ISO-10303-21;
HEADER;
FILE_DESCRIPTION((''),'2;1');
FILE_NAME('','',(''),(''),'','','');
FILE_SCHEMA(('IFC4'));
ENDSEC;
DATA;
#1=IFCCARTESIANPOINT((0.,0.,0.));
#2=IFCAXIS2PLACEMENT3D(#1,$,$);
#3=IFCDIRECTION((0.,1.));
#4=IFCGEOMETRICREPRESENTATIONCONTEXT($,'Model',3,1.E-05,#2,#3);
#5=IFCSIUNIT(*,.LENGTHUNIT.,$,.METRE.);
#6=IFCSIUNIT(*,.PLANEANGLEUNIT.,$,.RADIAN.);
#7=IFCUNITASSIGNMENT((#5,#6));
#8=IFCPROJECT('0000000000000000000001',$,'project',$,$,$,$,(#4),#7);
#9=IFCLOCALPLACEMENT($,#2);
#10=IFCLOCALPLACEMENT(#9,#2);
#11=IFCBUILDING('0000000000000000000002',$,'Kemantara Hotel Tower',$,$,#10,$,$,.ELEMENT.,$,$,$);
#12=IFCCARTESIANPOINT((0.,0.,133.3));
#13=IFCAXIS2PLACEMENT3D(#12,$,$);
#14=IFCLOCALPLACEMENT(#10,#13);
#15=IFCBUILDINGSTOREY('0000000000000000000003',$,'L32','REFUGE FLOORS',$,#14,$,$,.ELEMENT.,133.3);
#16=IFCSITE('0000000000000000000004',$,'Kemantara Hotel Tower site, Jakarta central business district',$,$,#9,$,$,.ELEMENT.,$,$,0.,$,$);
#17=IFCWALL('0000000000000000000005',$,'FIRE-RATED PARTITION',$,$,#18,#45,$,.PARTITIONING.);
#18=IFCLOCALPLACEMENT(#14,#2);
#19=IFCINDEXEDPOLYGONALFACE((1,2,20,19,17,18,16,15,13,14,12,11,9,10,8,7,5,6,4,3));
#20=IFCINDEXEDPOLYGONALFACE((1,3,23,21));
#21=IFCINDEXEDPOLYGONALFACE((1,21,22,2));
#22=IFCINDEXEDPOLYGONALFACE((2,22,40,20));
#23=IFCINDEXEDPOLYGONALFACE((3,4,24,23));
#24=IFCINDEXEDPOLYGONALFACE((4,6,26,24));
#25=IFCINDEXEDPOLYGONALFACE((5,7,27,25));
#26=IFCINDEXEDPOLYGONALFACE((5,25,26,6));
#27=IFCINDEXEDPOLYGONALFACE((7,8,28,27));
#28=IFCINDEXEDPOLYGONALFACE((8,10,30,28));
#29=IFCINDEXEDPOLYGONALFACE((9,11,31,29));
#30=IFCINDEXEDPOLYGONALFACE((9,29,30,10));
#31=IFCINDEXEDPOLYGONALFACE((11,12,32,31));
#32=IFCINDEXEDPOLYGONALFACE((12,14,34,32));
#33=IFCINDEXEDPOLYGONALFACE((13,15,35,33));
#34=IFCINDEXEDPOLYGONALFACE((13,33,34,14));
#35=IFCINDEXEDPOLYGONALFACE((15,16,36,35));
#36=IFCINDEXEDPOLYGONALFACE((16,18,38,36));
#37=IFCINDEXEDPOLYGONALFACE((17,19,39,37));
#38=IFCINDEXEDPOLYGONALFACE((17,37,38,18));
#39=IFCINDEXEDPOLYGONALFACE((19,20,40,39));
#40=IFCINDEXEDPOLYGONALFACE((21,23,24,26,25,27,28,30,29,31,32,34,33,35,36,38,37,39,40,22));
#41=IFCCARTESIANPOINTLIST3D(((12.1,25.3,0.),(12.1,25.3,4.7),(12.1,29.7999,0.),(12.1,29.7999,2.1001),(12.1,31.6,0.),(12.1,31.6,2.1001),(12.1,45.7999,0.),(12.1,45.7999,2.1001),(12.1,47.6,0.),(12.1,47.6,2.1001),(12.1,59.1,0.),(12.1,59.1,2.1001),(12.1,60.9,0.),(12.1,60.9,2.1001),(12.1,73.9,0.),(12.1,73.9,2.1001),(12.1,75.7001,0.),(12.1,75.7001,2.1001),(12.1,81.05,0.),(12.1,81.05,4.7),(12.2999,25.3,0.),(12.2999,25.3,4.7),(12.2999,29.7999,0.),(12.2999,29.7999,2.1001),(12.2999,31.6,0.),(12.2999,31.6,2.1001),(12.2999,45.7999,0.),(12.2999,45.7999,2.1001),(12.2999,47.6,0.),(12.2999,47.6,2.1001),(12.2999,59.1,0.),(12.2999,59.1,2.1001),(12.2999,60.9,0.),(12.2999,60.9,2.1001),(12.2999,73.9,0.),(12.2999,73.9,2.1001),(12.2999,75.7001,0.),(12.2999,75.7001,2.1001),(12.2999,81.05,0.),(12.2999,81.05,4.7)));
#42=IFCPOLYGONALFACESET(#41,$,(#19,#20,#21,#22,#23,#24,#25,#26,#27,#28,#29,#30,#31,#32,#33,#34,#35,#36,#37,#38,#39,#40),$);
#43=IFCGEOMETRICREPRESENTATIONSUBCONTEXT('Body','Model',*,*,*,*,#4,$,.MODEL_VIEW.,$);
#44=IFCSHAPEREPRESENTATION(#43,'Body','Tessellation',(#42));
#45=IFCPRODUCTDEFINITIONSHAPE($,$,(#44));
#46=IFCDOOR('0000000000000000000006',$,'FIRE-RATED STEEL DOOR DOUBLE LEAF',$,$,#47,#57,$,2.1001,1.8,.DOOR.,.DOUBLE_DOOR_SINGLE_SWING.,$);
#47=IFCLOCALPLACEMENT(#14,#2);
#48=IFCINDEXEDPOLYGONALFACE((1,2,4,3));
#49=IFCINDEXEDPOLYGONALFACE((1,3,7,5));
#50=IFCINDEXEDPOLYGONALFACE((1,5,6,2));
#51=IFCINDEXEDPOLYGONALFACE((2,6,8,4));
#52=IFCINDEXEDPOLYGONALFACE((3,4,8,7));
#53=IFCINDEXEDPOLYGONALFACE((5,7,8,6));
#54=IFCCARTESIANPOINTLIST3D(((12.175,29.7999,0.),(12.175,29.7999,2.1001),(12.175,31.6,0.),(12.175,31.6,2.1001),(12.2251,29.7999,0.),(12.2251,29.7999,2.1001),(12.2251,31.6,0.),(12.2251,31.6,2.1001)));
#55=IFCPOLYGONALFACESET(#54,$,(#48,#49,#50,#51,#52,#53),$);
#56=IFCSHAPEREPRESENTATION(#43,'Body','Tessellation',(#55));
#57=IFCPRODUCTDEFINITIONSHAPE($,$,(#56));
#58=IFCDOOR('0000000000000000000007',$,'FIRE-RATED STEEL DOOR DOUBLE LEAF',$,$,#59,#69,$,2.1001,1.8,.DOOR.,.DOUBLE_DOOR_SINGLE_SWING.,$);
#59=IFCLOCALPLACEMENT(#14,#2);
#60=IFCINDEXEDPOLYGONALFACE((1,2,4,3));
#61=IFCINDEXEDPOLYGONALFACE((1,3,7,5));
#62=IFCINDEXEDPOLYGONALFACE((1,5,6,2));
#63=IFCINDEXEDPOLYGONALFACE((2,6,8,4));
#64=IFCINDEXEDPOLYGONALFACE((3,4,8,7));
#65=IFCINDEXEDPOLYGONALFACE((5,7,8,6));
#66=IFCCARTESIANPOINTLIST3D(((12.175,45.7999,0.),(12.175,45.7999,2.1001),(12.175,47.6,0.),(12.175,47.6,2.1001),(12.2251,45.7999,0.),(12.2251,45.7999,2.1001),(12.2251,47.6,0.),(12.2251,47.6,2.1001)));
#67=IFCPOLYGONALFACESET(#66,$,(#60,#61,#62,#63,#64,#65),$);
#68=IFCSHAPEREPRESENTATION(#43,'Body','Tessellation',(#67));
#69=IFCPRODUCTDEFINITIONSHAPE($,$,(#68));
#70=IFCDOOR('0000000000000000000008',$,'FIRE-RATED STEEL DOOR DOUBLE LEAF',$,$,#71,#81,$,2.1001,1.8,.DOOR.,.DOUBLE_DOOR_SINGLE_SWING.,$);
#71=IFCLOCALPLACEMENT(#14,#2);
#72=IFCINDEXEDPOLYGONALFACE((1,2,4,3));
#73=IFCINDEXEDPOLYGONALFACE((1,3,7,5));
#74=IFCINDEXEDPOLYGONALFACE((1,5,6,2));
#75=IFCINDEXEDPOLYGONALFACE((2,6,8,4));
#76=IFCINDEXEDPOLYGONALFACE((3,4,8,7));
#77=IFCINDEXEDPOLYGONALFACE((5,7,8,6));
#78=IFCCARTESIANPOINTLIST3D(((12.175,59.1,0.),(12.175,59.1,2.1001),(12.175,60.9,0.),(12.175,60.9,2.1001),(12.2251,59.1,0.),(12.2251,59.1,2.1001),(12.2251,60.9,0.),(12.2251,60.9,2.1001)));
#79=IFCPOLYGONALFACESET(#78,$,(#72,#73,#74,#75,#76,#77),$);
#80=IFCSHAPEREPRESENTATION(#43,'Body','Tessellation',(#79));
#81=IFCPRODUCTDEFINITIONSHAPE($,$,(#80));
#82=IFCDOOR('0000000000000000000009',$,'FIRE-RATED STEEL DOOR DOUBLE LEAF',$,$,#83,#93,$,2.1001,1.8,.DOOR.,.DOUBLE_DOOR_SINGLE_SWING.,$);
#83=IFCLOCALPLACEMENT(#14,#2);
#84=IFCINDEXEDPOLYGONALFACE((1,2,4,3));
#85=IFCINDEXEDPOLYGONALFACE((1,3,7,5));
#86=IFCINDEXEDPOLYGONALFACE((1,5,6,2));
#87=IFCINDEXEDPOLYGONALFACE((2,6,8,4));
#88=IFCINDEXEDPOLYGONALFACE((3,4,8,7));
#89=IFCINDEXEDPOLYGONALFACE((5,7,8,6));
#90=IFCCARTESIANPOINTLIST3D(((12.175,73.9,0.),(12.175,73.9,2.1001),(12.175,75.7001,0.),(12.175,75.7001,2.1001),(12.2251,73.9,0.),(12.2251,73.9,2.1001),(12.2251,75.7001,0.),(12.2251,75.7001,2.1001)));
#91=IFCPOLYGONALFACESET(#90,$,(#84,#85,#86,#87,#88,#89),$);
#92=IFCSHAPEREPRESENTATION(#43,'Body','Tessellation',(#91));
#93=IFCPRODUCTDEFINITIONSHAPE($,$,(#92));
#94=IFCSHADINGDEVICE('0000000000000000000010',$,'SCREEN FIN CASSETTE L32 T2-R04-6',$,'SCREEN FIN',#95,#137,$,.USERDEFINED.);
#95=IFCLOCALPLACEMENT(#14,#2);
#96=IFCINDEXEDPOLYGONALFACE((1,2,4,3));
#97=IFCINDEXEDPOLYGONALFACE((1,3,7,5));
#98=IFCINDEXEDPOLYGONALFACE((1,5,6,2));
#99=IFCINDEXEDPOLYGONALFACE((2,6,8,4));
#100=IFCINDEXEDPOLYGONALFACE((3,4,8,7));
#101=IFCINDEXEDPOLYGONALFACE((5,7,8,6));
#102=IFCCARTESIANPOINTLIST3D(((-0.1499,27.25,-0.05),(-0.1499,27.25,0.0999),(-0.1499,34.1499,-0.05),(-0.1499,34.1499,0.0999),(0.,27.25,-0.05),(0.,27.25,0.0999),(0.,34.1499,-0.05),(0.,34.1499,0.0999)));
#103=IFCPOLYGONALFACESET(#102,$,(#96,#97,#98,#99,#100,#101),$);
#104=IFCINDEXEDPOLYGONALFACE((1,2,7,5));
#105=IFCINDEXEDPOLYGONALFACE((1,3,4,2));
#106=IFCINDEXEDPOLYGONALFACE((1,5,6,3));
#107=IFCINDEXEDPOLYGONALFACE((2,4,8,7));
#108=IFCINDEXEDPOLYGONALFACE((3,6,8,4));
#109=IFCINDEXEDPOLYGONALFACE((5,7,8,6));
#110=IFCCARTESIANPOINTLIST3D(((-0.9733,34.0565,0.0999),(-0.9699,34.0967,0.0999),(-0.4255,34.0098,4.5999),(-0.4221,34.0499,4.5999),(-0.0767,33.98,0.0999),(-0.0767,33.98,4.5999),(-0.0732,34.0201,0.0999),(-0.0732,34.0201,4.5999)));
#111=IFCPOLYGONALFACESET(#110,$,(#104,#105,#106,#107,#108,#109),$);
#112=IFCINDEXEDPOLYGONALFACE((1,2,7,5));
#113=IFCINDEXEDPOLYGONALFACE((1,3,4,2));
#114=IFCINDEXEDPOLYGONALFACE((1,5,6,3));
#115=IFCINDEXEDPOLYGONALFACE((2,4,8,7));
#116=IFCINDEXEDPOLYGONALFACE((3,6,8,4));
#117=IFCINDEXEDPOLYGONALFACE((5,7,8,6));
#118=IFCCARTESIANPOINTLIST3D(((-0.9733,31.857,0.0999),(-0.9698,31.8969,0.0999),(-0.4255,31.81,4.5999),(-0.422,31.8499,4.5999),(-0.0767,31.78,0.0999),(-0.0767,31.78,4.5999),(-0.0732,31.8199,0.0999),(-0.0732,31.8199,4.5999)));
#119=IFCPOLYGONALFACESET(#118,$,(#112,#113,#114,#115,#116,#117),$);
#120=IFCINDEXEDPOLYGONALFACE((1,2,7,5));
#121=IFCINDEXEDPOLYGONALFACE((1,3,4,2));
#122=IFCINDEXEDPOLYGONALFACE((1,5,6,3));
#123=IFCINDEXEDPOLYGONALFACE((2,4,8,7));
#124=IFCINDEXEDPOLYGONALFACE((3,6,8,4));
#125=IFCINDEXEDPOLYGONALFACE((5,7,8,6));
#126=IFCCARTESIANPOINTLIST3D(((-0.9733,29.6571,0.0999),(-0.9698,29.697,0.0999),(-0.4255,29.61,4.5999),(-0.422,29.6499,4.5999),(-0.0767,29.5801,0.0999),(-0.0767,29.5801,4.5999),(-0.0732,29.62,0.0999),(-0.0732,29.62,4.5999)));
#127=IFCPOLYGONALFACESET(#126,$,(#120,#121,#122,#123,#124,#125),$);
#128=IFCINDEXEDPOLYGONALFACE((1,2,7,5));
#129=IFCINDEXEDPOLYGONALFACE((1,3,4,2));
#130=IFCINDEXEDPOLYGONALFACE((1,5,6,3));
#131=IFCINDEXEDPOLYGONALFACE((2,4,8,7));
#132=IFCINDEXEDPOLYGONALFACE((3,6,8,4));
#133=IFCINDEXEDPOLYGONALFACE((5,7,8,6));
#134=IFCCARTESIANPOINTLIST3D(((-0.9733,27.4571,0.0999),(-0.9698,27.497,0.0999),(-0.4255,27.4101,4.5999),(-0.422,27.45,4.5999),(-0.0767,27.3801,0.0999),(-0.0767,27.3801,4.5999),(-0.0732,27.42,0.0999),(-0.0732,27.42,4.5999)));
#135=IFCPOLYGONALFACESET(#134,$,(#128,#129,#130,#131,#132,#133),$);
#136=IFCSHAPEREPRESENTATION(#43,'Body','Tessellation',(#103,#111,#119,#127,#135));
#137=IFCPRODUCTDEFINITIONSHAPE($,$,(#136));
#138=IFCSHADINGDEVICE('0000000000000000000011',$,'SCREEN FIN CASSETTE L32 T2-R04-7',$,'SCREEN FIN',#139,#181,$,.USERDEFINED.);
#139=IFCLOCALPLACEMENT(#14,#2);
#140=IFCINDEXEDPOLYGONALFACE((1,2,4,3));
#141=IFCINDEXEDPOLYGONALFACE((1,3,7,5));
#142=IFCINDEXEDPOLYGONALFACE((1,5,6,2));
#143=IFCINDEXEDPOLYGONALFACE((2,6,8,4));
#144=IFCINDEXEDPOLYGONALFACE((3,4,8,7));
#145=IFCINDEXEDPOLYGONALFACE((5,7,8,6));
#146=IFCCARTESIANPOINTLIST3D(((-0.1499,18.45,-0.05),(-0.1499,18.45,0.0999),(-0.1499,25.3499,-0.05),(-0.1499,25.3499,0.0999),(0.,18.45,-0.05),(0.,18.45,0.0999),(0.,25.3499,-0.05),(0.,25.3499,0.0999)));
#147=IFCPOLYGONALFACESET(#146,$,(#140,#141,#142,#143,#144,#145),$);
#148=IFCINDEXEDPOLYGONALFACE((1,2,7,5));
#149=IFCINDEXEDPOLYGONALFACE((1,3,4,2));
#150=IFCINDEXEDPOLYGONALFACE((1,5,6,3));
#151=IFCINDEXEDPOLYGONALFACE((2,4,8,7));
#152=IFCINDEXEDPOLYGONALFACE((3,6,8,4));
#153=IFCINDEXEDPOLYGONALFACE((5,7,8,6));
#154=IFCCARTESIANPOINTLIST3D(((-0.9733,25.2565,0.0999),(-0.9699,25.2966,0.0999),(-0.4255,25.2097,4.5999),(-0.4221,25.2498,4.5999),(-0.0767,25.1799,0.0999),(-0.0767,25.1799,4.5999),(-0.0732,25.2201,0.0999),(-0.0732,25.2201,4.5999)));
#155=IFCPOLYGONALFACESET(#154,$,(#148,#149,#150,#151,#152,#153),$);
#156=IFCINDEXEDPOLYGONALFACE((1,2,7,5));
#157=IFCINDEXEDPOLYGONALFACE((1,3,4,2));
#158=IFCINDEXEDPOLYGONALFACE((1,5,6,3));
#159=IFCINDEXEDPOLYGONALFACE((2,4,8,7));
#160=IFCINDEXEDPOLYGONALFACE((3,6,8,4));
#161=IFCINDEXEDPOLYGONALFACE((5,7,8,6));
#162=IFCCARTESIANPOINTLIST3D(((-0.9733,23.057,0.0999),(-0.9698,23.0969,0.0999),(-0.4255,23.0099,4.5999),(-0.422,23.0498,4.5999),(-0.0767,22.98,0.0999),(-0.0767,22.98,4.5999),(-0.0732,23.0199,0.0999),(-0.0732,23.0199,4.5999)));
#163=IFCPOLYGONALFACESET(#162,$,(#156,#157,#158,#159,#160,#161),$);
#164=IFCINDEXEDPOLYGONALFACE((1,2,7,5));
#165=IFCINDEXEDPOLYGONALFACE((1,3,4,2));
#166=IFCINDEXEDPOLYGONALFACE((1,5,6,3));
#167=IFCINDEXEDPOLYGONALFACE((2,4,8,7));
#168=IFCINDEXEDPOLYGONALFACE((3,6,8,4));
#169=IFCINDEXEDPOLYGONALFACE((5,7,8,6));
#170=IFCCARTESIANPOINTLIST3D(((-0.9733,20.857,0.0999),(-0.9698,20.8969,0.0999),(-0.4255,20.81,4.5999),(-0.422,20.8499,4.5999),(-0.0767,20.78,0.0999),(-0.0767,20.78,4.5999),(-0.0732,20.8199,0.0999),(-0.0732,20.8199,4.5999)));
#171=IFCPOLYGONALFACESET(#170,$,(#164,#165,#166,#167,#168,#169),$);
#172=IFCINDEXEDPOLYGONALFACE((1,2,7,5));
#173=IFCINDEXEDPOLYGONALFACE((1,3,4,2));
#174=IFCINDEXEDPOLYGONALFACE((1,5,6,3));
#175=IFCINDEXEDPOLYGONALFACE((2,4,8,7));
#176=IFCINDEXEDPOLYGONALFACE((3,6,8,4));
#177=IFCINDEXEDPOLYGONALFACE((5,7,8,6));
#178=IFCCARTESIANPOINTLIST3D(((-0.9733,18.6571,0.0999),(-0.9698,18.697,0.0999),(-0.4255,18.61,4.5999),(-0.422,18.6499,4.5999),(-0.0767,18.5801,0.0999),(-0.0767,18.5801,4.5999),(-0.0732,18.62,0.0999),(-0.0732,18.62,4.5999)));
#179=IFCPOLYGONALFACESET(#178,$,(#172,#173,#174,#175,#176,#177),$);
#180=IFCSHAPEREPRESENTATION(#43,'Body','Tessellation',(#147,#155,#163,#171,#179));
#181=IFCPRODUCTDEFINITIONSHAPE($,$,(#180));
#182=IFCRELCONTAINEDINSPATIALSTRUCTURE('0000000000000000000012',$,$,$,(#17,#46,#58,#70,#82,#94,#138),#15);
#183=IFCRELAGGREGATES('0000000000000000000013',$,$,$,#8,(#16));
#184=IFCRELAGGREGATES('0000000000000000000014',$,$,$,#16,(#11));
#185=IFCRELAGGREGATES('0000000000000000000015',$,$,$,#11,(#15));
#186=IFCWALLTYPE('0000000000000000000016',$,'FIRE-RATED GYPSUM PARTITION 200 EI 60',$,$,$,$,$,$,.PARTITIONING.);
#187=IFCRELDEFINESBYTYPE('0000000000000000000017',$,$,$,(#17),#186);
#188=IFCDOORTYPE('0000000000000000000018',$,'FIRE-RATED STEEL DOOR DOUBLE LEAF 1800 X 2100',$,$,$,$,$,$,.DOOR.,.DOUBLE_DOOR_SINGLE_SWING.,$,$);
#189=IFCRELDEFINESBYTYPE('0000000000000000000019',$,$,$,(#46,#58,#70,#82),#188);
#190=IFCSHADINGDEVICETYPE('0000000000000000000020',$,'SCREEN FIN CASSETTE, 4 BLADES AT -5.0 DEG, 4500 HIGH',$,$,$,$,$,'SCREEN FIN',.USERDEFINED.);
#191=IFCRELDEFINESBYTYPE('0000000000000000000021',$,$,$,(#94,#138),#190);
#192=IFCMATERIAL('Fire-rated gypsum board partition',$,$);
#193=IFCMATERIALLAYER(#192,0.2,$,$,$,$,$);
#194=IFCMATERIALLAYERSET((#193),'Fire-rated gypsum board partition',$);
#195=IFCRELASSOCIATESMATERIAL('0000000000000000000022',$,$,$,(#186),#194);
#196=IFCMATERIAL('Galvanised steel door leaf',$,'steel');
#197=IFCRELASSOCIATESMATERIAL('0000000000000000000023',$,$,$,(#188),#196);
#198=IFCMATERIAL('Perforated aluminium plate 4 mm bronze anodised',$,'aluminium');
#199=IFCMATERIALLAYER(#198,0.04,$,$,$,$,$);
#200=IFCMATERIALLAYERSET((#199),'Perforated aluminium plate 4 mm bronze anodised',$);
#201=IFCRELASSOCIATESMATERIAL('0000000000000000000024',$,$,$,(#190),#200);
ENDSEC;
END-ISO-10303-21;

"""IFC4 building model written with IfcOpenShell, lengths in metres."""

from ifc_helpers import new_model, si_unit, direction, frame, frame_2d, origin, origin_2d, place, context, subcontext, project, spatial, polyline, rectangle, outline, extrude, source, transform, mapped, material, layer, layer_set, type_object, element, fill, save


model = new_model("IFC4")

# Units and contexts
model_context = context("Model", 3, precision=1e-05, world=origin(), true_north=direction((0.0, 1.0)))
body_context = subcontext(model_context, "Body", "Model", "MODEL_VIEW")
ifc_project = project(units=[si_unit("LENGTHUNIT", "METRE"), si_unit("PLANEANGLEUNIT", "RADIAN")], contexts=[model_context])

# Site, building, storey
site_placement = place(None, origin())
site = spatial("IfcSite", under=ifc_project, at=site_placement, Name="Kemantara Hotel Tower site, Jakarta central business district", CompositionType="ELEMENT", RefElevation=0.0)
building_placement = place(site_placement, origin())
building = spatial("IfcBuilding", under=site, at=building_placement, Name="Kemantara Hotel Tower", CompositionType="ELEMENT")
storey_placement = place(building_placement, frame((0.0, 0.0, 133.3)))
storey = spatial("IfcBuildingStorey", under=building, at=storey_placement, Name="L32", Description="REFUGE FLOORS", CompositionType="ELEMENT", Elevation=133.3)

# Shared definitions
ifc_material_1 = material(Name="Fire-rated gypsum board partition")
ifc_layer_1 = layer(ifc_material_1, 0.2)
ifc_layer_set_1 = layer_set([ifc_layer_1], Name="Fire-rated gypsum board partition")
wall_type_1 = type_object("IfcWallType", Name="FIRE-RATED GYPSUM PARTITION 200 EI 60", PredefinedType="PARTITIONING", material=ifc_layer_set_1)

# Wall, openings, doors
wall_1_placement = place(storey_placement, frame((12.2, 25.3, 0.0), z_axis=(0.0, 0.0, 1.0), x_axis=(0.0, 1.0, 0.0)))
wall_1 = element("IfcWall", 1, at=wall_1_placement, inside=storey, type_object=wall_type_1, Name="FIRE-RATED PARTITION", PredefinedType="PARTITIONING", context=body_context, shape_type="SweptSolid", body=[
    extrude(rectangle(XDim=55.75, YDim=0.2, at=frame_2d((27.875, 0.0))), origin(), (0.0, 0.0, 1.0), 4.7),
])
opening_1_placement = place(wall_1_placement, frame((4.5, 0.0, 0.0)))
opening_1 = element("IfcOpeningElement", 2, at=opening_1_placement, cuts=wall_1, PredefinedType="OPENING", context=body_context, shape_type="SweptSolid", body=[
    extrude(rectangle(XDim=1.8, YDim=2.1001, at=frame_2d((0.8999, 1.05))), frame((0.0, 0.1099, 0.0), z_axis=(0.0, -1.0, 0.0), x_axis=(1.0, 0.0, 0.0)), (0.0, 0.0, 1.0), 0.22),
])
opening_2_placement = place(wall_1_placement, frame((20.5, 0.0, 0.0)))
opening_2 = element("IfcOpeningElement", 3, at=opening_2_placement, cuts=wall_1, PredefinedType="OPENING", context=body_context, shape_type="SweptSolid", body=[
    extrude(rectangle(XDim=1.8, YDim=2.1001, at=frame_2d((0.8999, 1.05))), frame((0.0, 0.1099, 0.0), z_axis=(0.0, -1.0, 0.0), x_axis=(1.0, 0.0, 0.0)), (0.0, 0.0, 1.0), 0.22),
])
opening_3_placement = place(wall_1_placement, frame((33.8, 0.0, 0.0)))
opening_3 = element("IfcOpeningElement", 4, at=opening_3_placement, cuts=wall_1, PredefinedType="OPENING", context=body_context, shape_type="SweptSolid", body=[
    extrude(rectangle(XDim=1.8, YDim=2.1001, at=frame_2d((0.8999, 1.05))), frame((0.0, 0.1099, 0.0), z_axis=(0.0, -1.0, 0.0), x_axis=(1.0, 0.0, 0.0)), (0.0, 0.0, 1.0), 0.22),
])
opening_4_placement = place(wall_1_placement, frame((48.6001, 0.0, 0.0)))
opening_4 = element("IfcOpeningElement", 5, at=opening_4_placement, cuts=wall_1, PredefinedType="OPENING", context=body_context, shape_type="SweptSolid", body=[
    extrude(rectangle(XDim=1.8, YDim=2.1001, at=frame_2d((0.8999, 1.05))), frame((0.0, 0.1099, 0.0), z_axis=(0.0, -1.0, 0.0), x_axis=(1.0, 0.0, 0.0)), (0.0, 0.0, 1.0), 0.22),
])
ifc_material_2 = material(Name="Galvanised steel door leaf", Category="steel")
door_type = type_object("IfcDoorType", Name="FIRE-RATED STEEL DOOR DOUBLE LEAF 1800 X 2100", OperationType="DOUBLE_DOOR_SINGLE_SWING", PredefinedType="DOOR", material=ifc_material_2)
door_1_placement = place(opening_1_placement, origin())
door_1 = element("IfcDoor", 6, at=door_1_placement, inside=storey, type_object=door_type, Name="FIRE-RATED STEEL DOOR DOUBLE LEAF", OperationType="DOUBLE_DOOR_SINGLE_SWING", OverallHeight=2.1001, OverallWidth=1.8, PredefinedType="DOOR", context=body_context, shape_type="SweptSolid", body=[
    extrude(rectangle(XDim=1.8, YDim=2.1001, at=frame_2d((0.8999, 1.05))), frame((0.0, 0.0249, 0.0), z_axis=(0.0, -1.0, 0.0), x_axis=(1.0, 0.0, 0.0)), (0.0, 0.0, 1.0), 0.05),
])
fill(opening_1, door_1)
door_2_placement = place(opening_2_placement, origin())
door_2 = element("IfcDoor", 7, at=door_2_placement, inside=storey, type_object=door_type, Name="FIRE-RATED STEEL DOOR DOUBLE LEAF", OperationType="DOUBLE_DOOR_SINGLE_SWING", OverallHeight=2.1001, OverallWidth=1.8, PredefinedType="DOOR", context=body_context, shape_type="SweptSolid", body=[
    extrude(rectangle(XDim=1.8, YDim=2.1001, at=frame_2d((0.8999, 1.05))), frame((0.0, 0.0249, 0.0), z_axis=(0.0, -1.0, 0.0), x_axis=(1.0, 0.0, 0.0)), (0.0, 0.0, 1.0), 0.05),
])
fill(opening_2, door_2)
door_3_placement = place(opening_3_placement, origin())
door_3 = element("IfcDoor", 8, at=door_3_placement, inside=storey, type_object=door_type, Name="FIRE-RATED STEEL DOOR DOUBLE LEAF", OperationType="DOUBLE_DOOR_SINGLE_SWING", OverallHeight=2.1001, OverallWidth=1.8, PredefinedType="DOOR", context=body_context, shape_type="SweptSolid", body=[
    extrude(rectangle(XDim=1.8, YDim=2.1001, at=frame_2d((0.8999, 1.05))), frame((0.0, 0.0249, 0.0), z_axis=(0.0, -1.0, 0.0), x_axis=(1.0, 0.0, 0.0)), (0.0, 0.0, 1.0), 0.05),
])
fill(opening_3, door_3)
door_4_placement = place(opening_4_placement, origin())
door_4 = element("IfcDoor", 9, at=door_4_placement, inside=storey, type_object=door_type, Name="FIRE-RATED STEEL DOOR DOUBLE LEAF", OperationType="DOUBLE_DOOR_SINGLE_SWING", OverallHeight=2.1001, OverallWidth=1.8, PredefinedType="DOOR", context=body_context, shape_type="SweptSolid", body=[
    extrude(rectangle(XDim=1.8, YDim=2.1001, at=frame_2d((0.8999, 1.05))), frame((0.0, 0.0249, 0.0), z_axis=(0.0, -1.0, 0.0), x_axis=(1.0, 0.0, 0.0)), (0.0, 0.0, 1.0), 0.05),
])
fill(opening_4, door_4)

# Shading devices
ifc_material_3 = material(Name="Perforated aluminium plate 4 mm bronze anodised", Category="aluminium")
ifc_layer_2 = layer(ifc_material_3, 0.04)
ifc_layer_set_2 = layer_set([ifc_layer_2], Name="Perforated aluminium plate 4 mm bronze anodised")
shading_device_type_1 = type_object("IfcShadingDeviceType", Name="SCREEN FIN CASSETTE, 4 BLADES AT -5.0 DEG, 4500 HIGH", ElementType="SCREEN FIN", PredefinedType="USERDEFINED", material=ifc_layer_set_2)
shared_shape_1 = source(origin(), body_context, "Body", "SweptSolid", [
    extrude(rectangle(XDim=6.8999, YDim=0.1499, at=origin_2d()), frame((3.3, -0.075, -0.1499), z_axis=(0.0, 0.0, 1.0), x_axis=(1.0, 0.0, 0.0)), (0.0, 0.0, 1.0), 0.1499),
    extrude(outline(polyline([(0.0, 0.0), (0.8999, 0.0), (0.3501, 4.5), (0.0, 4.5), (0.0, 0.0)])), frame((0.02, -0.0767, 0.0), z_axis=(-0.996376, 0.085056, 0.0), x_axis=(-0.085056, -0.996376, 0.0)), (0.0, 0.0, 1.0), 0.0403),
    extrude(outline(polyline([(0.0, 0.0), (0.8999, 0.0), (0.3501, 4.5), (0.0, 4.5), (0.0, 0.0)])), frame((2.22, -0.0767, 0.0), z_axis=(-0.996332, 0.085575, 0.0), x_axis=(-0.085575, -0.996332, 0.0)), (0.0, 0.0, 1.0), 0.04),
    extrude(outline(polyline([(0.0, 0.0), (0.8999, 0.0), (0.3501, 4.5), (0.0, 4.5), (0.0, 0.0)])), frame((4.4199, -0.0767, 0.0), z_axis=(-0.996332, 0.085575, 0.0), x_axis=(-0.085575, -0.996332, 0.0)), (0.0, 0.0, 1.0), 0.04),
    extrude(outline(polyline([(0.0, 0.0), (0.8999, 0.0), (0.3501, 4.5), (0.0, 4.5), (0.0, 0.0)])), frame((6.6199, -0.0767, 0.0), z_axis=(-0.996332, 0.085575, 0.0), x_axis=(-0.085575, -0.996332, 0.0)), (0.0, 0.0, 1.0), 0.04),
])
for number, where, z_axis, x_axis, name in (
    (10, (0.0, 34.0, 0.0999), (0.0, 0.0, 1.0), (0.0, -1.0, 0.0), "SCREEN FIN CASSETTE L32 T2-R04-6"),
    (11, (0.0, 25.2, 0.0999), (0.0, 0.0, 1.0), (0.0, -1.0, 0.0), "SCREEN FIN CASSETTE L32 T2-R04-7"),
):
    element("IfcShadingDevice", number, at=place(storey_placement, frame(where, z_axis=z_axis, x_axis=x_axis)), inside=storey, type_object=shading_device_type_1, Name=name, ObjectType="SCREEN FIN", PredefinedType="USERDEFINED", context=body_context, shape_type="MappedRepresentation", body=[
        mapped(shared_shape_1, transform((0.0, 0.0, 0.0))),
    ])

save(model, "model.ifc")
